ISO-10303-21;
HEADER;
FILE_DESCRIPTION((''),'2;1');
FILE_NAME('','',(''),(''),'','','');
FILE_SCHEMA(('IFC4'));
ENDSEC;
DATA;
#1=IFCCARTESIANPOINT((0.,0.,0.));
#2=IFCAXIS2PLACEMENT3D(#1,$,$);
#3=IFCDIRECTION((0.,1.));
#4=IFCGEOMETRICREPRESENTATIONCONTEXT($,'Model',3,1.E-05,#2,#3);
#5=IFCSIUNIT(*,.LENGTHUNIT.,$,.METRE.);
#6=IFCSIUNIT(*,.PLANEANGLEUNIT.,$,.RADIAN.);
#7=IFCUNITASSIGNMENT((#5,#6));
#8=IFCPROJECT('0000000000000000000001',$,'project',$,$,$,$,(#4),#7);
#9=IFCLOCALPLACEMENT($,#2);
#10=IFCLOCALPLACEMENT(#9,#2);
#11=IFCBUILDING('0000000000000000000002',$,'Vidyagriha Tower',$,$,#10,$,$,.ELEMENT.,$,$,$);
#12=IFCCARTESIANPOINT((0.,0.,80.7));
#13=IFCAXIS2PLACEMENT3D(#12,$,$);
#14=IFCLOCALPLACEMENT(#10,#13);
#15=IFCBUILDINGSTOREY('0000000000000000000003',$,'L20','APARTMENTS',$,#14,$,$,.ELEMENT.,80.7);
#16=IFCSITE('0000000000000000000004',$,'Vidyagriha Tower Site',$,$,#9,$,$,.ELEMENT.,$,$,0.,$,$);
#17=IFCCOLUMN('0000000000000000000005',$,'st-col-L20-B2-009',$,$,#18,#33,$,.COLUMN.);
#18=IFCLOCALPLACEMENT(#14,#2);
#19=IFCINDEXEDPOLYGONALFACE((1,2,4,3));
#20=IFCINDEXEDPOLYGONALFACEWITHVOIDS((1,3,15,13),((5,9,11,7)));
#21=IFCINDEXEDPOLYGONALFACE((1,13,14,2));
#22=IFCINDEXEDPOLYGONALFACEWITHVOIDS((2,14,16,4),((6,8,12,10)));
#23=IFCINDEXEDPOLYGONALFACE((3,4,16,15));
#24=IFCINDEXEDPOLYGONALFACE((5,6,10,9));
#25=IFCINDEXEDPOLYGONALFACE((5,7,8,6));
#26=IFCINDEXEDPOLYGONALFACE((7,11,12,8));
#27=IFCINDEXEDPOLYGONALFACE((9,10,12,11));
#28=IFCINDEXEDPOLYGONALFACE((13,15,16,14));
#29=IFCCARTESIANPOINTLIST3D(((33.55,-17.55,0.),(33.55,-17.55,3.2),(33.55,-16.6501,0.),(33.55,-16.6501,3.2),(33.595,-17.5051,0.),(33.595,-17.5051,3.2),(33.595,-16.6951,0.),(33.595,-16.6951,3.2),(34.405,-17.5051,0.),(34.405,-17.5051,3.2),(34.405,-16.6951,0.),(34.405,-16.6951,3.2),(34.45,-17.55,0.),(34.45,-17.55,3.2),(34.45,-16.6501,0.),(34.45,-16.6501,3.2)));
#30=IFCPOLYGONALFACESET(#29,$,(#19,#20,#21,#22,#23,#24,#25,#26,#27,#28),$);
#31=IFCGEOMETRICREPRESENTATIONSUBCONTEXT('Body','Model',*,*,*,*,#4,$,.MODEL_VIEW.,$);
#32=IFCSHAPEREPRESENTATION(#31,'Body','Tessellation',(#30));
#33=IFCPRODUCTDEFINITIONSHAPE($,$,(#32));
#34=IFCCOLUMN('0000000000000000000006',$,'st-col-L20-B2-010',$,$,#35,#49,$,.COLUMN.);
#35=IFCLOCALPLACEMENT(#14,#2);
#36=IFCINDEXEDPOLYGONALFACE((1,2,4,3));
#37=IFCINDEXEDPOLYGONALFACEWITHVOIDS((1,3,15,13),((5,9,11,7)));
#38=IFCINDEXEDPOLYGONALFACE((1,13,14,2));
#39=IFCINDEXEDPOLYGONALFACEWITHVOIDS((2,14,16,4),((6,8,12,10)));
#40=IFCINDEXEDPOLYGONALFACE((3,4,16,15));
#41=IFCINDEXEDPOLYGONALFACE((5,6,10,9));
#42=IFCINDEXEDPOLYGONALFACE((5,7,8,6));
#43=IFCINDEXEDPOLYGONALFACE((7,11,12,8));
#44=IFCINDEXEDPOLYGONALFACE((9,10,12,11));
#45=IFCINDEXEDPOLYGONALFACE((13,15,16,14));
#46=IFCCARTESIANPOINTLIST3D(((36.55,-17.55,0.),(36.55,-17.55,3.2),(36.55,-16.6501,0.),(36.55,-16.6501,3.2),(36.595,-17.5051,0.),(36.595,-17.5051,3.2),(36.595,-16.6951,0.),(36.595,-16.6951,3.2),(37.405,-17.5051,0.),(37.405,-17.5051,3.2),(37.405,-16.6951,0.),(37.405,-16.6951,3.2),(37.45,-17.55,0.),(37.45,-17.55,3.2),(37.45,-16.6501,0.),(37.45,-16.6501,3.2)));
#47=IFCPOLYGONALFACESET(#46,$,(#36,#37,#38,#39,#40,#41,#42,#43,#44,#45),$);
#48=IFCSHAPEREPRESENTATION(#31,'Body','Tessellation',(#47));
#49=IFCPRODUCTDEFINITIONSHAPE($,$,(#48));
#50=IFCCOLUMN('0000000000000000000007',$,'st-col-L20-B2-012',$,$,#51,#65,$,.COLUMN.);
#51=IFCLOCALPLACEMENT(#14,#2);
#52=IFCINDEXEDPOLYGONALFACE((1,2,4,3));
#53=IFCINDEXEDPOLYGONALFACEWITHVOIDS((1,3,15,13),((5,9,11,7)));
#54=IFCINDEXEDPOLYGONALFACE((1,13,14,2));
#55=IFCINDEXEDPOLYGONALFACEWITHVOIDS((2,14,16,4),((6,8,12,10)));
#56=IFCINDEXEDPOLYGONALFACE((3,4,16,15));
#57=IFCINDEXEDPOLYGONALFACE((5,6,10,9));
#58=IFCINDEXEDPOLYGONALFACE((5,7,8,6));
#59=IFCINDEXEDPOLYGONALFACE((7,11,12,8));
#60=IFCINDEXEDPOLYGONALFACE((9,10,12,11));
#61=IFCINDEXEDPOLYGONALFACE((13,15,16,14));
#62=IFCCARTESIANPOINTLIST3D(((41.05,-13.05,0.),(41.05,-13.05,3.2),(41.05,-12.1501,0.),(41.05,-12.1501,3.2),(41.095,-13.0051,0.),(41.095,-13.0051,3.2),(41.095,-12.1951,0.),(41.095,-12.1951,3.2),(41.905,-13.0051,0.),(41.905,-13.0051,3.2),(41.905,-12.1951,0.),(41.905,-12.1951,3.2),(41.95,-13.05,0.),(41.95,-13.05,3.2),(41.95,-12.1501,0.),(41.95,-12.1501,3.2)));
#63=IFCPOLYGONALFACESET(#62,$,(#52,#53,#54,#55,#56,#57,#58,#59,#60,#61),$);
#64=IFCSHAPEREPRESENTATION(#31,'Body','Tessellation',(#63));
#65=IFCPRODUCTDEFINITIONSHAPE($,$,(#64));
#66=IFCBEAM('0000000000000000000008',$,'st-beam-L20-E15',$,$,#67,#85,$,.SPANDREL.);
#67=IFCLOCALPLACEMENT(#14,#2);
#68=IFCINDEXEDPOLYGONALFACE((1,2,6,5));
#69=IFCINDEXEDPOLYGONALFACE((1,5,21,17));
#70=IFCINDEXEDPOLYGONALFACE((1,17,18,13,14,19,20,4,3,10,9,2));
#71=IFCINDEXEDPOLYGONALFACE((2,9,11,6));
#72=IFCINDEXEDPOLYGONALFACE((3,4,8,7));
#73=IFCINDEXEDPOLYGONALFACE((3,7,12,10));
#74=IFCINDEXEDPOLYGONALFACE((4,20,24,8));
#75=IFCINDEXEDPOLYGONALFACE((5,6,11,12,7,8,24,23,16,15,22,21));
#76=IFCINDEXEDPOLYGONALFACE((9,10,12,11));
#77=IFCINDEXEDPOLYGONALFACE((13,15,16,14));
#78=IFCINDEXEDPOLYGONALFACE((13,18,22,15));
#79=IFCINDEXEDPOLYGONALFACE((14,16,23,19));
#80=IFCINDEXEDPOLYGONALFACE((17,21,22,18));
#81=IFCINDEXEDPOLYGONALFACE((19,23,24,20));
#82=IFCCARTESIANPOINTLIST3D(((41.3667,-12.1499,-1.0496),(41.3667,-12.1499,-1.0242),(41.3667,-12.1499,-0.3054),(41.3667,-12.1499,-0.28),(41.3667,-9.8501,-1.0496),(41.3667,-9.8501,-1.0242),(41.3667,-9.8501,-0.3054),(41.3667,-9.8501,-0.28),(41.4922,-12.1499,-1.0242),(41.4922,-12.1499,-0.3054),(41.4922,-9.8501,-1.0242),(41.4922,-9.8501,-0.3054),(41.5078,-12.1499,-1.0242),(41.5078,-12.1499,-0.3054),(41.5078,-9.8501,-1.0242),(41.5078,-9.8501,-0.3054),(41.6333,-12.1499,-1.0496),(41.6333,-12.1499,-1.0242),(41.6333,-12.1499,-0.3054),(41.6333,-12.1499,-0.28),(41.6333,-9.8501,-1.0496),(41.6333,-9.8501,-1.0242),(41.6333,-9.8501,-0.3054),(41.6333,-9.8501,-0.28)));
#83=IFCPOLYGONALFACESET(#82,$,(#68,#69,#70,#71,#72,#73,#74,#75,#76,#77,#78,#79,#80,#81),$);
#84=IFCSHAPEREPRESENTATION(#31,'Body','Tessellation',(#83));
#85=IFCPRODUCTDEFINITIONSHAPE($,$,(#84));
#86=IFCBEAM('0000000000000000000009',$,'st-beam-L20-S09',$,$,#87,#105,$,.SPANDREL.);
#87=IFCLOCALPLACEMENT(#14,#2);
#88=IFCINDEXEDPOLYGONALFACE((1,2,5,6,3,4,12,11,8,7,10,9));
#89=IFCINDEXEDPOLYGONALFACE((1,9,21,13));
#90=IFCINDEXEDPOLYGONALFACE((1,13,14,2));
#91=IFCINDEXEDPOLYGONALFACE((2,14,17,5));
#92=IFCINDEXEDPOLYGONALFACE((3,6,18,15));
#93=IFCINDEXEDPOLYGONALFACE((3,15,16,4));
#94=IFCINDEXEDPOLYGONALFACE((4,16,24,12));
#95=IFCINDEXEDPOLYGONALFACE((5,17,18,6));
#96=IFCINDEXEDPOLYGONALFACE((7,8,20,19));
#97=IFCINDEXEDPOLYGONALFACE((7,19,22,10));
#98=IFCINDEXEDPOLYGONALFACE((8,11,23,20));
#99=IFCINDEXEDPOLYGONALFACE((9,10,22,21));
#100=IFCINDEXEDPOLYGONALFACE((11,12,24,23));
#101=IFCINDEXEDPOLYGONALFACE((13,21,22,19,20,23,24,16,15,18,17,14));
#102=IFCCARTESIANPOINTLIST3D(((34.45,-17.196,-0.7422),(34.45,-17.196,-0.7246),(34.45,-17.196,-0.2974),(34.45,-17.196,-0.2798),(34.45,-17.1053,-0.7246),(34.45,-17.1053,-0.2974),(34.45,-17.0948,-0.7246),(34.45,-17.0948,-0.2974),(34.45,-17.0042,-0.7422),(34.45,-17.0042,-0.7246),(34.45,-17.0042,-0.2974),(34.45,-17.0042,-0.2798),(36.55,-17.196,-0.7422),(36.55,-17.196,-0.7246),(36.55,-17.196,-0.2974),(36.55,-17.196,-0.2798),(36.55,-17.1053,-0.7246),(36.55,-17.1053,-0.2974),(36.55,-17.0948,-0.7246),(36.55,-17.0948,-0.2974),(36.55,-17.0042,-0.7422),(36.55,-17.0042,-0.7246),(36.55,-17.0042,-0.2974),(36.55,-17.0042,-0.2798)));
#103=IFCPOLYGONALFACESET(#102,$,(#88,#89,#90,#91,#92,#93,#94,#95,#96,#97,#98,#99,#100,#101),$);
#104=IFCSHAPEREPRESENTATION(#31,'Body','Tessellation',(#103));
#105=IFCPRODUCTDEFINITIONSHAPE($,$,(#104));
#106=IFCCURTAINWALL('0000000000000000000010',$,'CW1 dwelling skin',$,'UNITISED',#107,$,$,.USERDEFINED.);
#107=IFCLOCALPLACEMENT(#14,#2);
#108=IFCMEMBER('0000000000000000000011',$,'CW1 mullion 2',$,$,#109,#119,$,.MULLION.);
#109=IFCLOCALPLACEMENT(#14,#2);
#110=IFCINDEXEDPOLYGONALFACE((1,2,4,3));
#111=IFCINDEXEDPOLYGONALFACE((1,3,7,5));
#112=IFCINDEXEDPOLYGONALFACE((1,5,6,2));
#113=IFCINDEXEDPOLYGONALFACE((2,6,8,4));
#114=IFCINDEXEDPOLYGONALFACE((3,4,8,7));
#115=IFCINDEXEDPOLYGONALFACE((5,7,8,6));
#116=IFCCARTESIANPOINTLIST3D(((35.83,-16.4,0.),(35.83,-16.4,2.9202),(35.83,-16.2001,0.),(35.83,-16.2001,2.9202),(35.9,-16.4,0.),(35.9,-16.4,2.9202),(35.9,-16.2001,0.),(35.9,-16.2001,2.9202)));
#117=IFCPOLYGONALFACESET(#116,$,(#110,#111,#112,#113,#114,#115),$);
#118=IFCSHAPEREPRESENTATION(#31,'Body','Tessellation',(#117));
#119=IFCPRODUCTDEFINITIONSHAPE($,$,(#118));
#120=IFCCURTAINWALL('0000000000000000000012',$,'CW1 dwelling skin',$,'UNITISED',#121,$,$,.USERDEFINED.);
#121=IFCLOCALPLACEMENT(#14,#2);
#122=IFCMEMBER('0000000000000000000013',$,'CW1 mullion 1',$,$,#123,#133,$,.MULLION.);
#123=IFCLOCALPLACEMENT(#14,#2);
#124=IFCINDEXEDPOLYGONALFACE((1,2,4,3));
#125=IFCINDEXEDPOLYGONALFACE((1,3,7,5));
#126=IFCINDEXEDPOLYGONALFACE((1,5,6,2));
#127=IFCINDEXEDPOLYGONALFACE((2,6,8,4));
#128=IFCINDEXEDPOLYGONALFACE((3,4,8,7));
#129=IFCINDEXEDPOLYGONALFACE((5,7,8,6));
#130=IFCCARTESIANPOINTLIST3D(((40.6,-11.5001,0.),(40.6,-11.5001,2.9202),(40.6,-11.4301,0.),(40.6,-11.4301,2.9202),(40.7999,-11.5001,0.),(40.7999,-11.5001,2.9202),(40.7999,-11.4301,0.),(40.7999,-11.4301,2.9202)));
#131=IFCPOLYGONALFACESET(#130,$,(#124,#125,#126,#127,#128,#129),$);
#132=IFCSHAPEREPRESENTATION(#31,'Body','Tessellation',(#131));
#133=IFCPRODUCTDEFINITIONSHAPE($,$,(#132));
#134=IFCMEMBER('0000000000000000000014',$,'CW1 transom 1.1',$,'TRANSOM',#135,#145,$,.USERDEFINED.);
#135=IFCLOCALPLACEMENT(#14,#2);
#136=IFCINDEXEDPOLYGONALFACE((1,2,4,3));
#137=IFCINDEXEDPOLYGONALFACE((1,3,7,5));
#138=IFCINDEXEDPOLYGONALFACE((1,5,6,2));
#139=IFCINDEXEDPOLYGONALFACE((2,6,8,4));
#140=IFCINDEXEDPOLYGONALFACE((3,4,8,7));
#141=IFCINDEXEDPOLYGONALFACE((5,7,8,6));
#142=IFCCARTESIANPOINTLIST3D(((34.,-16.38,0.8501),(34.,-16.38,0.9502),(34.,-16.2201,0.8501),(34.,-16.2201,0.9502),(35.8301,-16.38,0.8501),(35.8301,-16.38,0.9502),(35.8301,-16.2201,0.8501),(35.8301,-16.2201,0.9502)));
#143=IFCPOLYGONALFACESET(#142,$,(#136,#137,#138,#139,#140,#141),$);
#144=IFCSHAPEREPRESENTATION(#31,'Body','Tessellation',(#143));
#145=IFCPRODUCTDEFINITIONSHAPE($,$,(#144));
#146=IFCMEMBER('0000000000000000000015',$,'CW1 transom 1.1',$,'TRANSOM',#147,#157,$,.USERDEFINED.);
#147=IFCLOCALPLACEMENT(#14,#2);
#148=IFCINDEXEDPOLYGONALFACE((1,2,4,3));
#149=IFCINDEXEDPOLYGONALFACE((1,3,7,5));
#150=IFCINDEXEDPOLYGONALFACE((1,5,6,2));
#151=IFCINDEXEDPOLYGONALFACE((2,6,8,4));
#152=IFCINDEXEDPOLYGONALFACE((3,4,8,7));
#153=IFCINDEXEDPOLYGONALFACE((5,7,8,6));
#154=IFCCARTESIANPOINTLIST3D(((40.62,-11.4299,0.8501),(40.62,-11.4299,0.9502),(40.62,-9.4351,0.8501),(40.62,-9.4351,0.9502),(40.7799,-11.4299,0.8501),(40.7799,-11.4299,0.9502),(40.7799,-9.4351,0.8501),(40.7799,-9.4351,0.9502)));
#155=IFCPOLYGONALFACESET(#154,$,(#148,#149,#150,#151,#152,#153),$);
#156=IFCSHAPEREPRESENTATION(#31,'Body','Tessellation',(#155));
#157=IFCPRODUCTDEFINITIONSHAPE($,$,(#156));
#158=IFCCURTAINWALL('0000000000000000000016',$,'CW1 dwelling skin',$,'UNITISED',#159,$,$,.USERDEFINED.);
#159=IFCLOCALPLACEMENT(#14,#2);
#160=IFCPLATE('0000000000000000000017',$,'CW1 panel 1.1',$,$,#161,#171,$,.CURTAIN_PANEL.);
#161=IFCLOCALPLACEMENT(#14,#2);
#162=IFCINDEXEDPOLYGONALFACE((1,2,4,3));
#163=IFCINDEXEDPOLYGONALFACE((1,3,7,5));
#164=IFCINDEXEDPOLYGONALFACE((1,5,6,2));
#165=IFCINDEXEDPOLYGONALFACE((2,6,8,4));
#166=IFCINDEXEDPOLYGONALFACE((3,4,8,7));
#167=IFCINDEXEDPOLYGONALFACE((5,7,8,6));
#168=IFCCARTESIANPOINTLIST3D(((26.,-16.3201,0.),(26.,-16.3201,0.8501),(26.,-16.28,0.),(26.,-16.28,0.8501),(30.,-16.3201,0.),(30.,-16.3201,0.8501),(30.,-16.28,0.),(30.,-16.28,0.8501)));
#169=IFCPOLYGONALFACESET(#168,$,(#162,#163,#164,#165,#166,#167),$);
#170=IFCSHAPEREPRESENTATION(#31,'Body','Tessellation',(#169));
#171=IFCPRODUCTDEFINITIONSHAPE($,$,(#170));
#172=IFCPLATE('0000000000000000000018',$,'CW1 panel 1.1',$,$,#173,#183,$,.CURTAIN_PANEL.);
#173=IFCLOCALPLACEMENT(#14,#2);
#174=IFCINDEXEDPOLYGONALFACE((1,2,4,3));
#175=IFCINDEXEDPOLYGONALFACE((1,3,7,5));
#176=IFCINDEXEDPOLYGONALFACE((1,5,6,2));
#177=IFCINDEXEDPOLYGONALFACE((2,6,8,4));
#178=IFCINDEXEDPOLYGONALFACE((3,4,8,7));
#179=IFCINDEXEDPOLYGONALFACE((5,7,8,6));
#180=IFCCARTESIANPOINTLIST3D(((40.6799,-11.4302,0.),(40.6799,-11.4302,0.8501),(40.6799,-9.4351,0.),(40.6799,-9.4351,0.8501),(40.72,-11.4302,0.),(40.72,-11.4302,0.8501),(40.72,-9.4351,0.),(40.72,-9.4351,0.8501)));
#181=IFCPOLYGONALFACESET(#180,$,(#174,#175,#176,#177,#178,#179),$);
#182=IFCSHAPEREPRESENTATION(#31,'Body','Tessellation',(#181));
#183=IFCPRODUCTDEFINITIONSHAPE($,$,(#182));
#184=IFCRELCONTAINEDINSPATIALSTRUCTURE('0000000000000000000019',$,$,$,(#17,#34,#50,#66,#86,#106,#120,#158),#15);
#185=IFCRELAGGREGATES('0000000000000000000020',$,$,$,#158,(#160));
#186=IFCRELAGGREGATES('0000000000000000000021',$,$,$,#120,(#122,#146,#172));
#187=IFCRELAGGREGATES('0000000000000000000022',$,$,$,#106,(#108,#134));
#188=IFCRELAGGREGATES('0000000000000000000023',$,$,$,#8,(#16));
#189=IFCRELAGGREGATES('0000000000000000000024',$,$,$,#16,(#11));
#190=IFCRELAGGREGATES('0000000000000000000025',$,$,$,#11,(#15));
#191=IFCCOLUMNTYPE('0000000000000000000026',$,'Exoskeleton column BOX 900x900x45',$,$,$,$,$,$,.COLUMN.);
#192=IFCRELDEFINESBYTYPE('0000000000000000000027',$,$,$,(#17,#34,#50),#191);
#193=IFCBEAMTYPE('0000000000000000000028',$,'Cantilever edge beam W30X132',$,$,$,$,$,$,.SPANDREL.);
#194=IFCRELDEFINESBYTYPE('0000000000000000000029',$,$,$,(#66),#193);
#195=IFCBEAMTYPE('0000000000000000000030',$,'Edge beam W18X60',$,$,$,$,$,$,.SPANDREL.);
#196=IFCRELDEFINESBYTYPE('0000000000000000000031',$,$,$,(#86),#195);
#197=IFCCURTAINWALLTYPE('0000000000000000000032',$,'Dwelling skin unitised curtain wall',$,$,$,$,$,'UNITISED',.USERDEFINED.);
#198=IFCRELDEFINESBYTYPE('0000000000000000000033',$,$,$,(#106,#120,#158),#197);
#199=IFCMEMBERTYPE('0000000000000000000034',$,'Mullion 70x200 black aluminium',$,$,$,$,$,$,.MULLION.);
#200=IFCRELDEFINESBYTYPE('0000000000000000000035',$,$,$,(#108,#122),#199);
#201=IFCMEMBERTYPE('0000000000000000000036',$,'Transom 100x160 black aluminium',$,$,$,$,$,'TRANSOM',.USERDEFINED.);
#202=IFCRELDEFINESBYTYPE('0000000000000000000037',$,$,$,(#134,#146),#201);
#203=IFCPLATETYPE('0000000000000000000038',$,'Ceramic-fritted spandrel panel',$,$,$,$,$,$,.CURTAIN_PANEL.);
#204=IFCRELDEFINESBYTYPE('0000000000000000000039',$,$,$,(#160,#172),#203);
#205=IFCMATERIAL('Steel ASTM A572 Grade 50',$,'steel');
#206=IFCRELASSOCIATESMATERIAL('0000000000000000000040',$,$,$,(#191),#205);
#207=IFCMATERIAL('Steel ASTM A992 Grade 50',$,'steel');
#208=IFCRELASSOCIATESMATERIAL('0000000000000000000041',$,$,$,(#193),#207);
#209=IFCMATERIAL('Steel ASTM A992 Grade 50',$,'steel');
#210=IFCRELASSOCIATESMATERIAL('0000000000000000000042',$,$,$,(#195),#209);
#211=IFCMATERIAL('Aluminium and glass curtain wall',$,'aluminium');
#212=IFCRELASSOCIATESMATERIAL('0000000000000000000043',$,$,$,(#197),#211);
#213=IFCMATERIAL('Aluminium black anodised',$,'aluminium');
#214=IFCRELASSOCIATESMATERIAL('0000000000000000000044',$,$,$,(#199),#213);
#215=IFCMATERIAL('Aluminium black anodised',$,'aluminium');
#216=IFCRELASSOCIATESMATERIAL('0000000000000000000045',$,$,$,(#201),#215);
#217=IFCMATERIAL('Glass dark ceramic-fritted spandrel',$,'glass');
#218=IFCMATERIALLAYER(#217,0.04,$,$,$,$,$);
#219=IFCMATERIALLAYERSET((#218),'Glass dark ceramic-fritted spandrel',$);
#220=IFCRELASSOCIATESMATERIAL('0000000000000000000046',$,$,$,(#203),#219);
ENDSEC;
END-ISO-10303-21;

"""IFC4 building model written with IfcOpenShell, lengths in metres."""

from ifc_helpers import new_model, si_unit, direction, frame, origin, origin_2d, place, context, subcontext, project, spatial, rectangle, hollow_rectangle, i_section, extrude, material, layer, layer_set, material_profile, profile_set, type_object, element, aggregate, save


model = new_model("IFC4")

# Units and contexts
model_context = context("Model", 3, precision=1e-05, world=origin(), true_north=direction((0.0, 1.0)))
body_context = subcontext(model_context, "Body", "Model", "MODEL_VIEW")
ifc_project = project(units=[si_unit("LENGTHUNIT", "METRE"), si_unit("PLANEANGLEUNIT", "RADIAN")], contexts=[model_context])

# Site, building, storey
site_placement = place(None, origin())
site = spatial("IfcSite", under=ifc_project, at=site_placement, Name="Vidyagriha Tower Site", CompositionType="ELEMENT", RefElevation=0.0)
building_placement = place(site_placement, origin())
building = spatial("IfcBuilding", under=site, at=building_placement, Name="Vidyagriha Tower", CompositionType="ELEMENT")
storey_placement = place(building_placement, frame((0.0, 0.0, 80.7)))
storey = spatial("IfcBuildingStorey", under=building, at=storey_placement, Name="L20", Description="APARTMENTS", CompositionType="ELEMENT", Elevation=80.7)

# Columns
ifc_material_1 = material(Name="Steel ASTM A572 Grade 50", Category="steel")
ifc_material_profile_1 = material_profile(ifc_material_1, hollow_rectangle(XDim=0.8999, YDim=0.8999, WallThickness=0.0449, at=origin_2d()), Name="BOX 900x900x45")
ifc_profile_set_1 = profile_set([ifc_material_profile_1], Name="Steel ASTM A572 Grade 50")
column_type = type_object("IfcColumnType", Name="Exoskeleton column BOX 900x900x45", PredefinedType="COLUMN", material=ifc_profile_set_1)
for number, where, name in (
    (1, (34.0, -17.1001, 0.0), "st-col-L20-B2-009"),
    (2, (37.0, -17.1001, 0.0), "st-col-L20-B2-010"),
    (3, (41.5, -12.6001, 0.0), "st-col-L20-B2-012"),
):
    element("IfcColumn", number, at=place(storey_placement, frame(where)), inside=storey, type_object=column_type, Name=name, PredefinedType="COLUMN", context=body_context, shape_type="SweptSolid", body=[
        extrude(hollow_rectangle(XDim=0.8999, YDim=0.8999, WallThickness=0.0449, at=origin_2d()), origin(), (0.0, 0.0, 1.0), 3.2),
    ])

# Beams
ifc_material_2 = material(Name="Steel ASTM A992 Grade 50", Category="steel")
ifc_material_profile_2 = material_profile(ifc_material_2, i_section(OverallWidth=0.2666, OverallDepth=0.7695, WebThickness=0.0156, FlangeThickness=0.0254, at=origin_2d()), Name="W30X132")
ifc_profile_set_2 = profile_set([ifc_material_profile_2], Name="Steel ASTM A992 Grade 50")
beam_type_1 = type_object("IfcBeamType", Name="Cantilever edge beam W30X132", PredefinedType="SPANDREL", material=ifc_profile_set_2)
beam_1_placement = place(storey_placement, frame((41.5, -12.1499, -0.6648), z_axis=(0.0, 1.0, 0.0), x_axis=(-1.0, 0.0, 0.0)))
element("IfcBeam", 4, at=beam_1_placement, inside=storey, type_object=beam_type_1, Name="st-beam-L20-E15", PredefinedType="SPANDREL", context=body_context, shape_type="SweptSolid", body=[
    extrude(i_section(OverallWidth=0.2666, OverallDepth=0.7695, WebThickness=0.0156, FlangeThickness=0.0254, at=origin_2d()), origin(), (0.0, 0.0, 1.0), 2.2998),
])
ifc_material_3 = material(Name="Steel ASTM A992 Grade 50", Category="steel")
ifc_material_profile_3 = material_profile(ifc_material_3, i_section(OverallWidth=0.1919, OverallDepth=0.4624, WebThickness=0.0105, FlangeThickness=0.0176, at=origin_2d()), Name="W18X60")
ifc_profile_set_3 = profile_set([ifc_material_profile_3], Name="Steel ASTM A992 Grade 50")
beam_type_2 = type_object("IfcBeamType", Name="Edge beam W18X60", PredefinedType="SPANDREL", material=ifc_profile_set_3)
beam_2_placement = place(storey_placement, frame((34.45, -17.1001, -0.511), z_axis=(1.0, 0.0, 0.0), x_axis=(0.0, 1.0, 0.0)))
element("IfcBeam", 5, at=beam_2_placement, inside=storey, type_object=beam_type_2, Name="st-beam-L20-S09", PredefinedType="SPANDREL", context=body_context, shape_type="SweptSolid", body=[
    extrude(i_section(OverallWidth=0.1919, OverallDepth=0.4624, WebThickness=0.0105, FlangeThickness=0.0176, at=origin_2d()), origin(), (0.0, 0.0, 1.0), 2.1001),
])

# Curtain walls, members
ifc_material_4 = material(Name="Aluminium and glass curtain wall", Category="aluminium")
curtain_wall_type = type_object("IfcCurtainWallType", Name="Dwelling skin unitised curtain wall", ElementType="UNITISED", PredefinedType="USERDEFINED", material=ifc_material_4)
curtain_wall_1_placement = place(storey_placement, origin())
curtain_wall_1 = element("IfcCurtainWall", 6, at=curtain_wall_1_placement, inside=storey, type_object=curtain_wall_type, Name="CW1 dwelling skin", ObjectType="UNITISED", PredefinedType="USERDEFINED")
ifc_material_5 = material(Name="Aluminium black anodised", Category="aluminium")
ifc_material_profile_4 = material_profile(ifc_material_5, rectangle(XDim=0.2, YDim=0.0701, at=origin_2d()), Name="Mullion 70x200 black aluminium")
ifc_profile_set_4 = profile_set([ifc_material_profile_4], Name="Aluminium black anodised")
member_type_1 = type_object("IfcMemberType", Name="Mullion 70x200 black aluminium", PredefinedType="MULLION", material=ifc_profile_set_4)
member_1_placement = place(storey_placement, frame((35.865, -16.3, 0.0), z_axis=(0.0, 0.0, 1.0), x_axis=(0.0, 1.0, 0.0)))
member_1 = element("IfcMember", 7, at=member_1_placement, type_object=member_type_1, Name="CW1 mullion 2", PredefinedType="MULLION", context=body_context, shape_type="SweptSolid", body=[
    extrude(rectangle(XDim=0.2, YDim=0.0701, at=origin_2d()), origin(), (0.0, 0.0, 1.0), 2.9202),
])
curtain_wall_2_placement = place(storey_placement, origin())
curtain_wall_2 = element("IfcCurtainWall", 8, at=curtain_wall_2_placement, inside=storey, type_object=curtain_wall_type, Name="CW1 dwelling skin", ObjectType="UNITISED", PredefinedType="USERDEFINED")
member_2_placement = place(storey_placement, frame((40.7, -11.4651, 0.0), z_axis=(0.0, 0.0, 1.0), x_axis=(-1.0, 0.0, 0.0)))
member_2 = element("IfcMember", 9, at=member_2_placement, type_object=member_type_1, Name="CW1 mullion 1", PredefinedType="MULLION", context=body_context, shape_type="SweptSolid", body=[
    extrude(rectangle(XDim=0.2, YDim=0.0701, at=origin_2d()), origin(), (0.0, 0.0, 1.0), 2.9202),
])

# Members
ifc_material_6 = material(Name="Aluminium black anodised", Category="aluminium")
ifc_material_profile_5 = material_profile(ifc_material_6, rectangle(XDim=0.1599, YDim=0.1001, at=origin_2d()), Name="Transom 100x160 black aluminium")
ifc_profile_set_5 = profile_set([ifc_material_profile_5], Name="Aluminium black anodised")
member_type_2 = type_object("IfcMemberType", Name="Transom 100x160 black aluminium", ElementType="TRANSOM", PredefinedType="USERDEFINED", material=ifc_profile_set_5)
member_3_placement = place(storey_placement, frame((34.0, -16.3, 0.9001), z_axis=(1.0, 0.0, 0.0), x_axis=(0.0, 1.0, 0.0)))
member_3 = element("IfcMember", 10, at=member_3_placement, type_object=member_type_2, Name="CW1 transom 1.1", ObjectType="TRANSOM", PredefinedType="USERDEFINED", context=body_context, shape_type="SweptSolid", body=[
    extrude(rectangle(XDim=0.1599, YDim=0.1001, at=origin_2d()), origin(), (0.0, 0.0, 1.0), 1.8301),
])
member_4_placement = place(storey_placement, frame((40.7, -11.4299, 0.9001), z_axis=(0.0, 1.0, 0.0), x_axis=(-1.0, 0.0, 0.0)))
member_4 = element("IfcMember", 11, at=member_4_placement, type_object=member_type_2, Name="CW1 transom 1.1", ObjectType="TRANSOM", PredefinedType="USERDEFINED", context=body_context, shape_type="SweptSolid", body=[
    extrude(rectangle(XDim=0.1599, YDim=0.1001, at=origin_2d()), origin(), (0.0, 0.0, 1.0), 1.9949),
])

# Curtain wall, plate
curtain_wall_3_placement = place(storey_placement, origin())
curtain_wall_3 = element("IfcCurtainWall", 12, at=curtain_wall_3_placement, inside=storey, type_object=curtain_wall_type, Name="CW1 dwelling skin", ObjectType="UNITISED", PredefinedType="USERDEFINED")
ifc_material_7 = material(Name="Glass dark ceramic-fritted spandrel", Category="glass")
ifc_layer_1 = layer(ifc_material_7, 0.04)
ifc_layer_set_1 = layer_set([ifc_layer_1], Name="Glass dark ceramic-fritted spandrel")
plate_type_1 = type_object("IfcPlateType", Name="Ceramic-fritted spandrel panel", PredefinedType="CURTAIN_PANEL", material=ifc_layer_set_1)
plate_1_placement = place(storey_placement, frame((28.0, -16.3, 0.0)))
plate_1 = element("IfcPlate", 13, at=plate_1_placement, type_object=plate_type_1, Name="CW1 panel 1.1", PredefinedType="CURTAIN_PANEL", context=body_context, shape_type="SweptSolid", body=[
    extrude(rectangle(XDim=4.0, YDim=0.04, at=origin_2d()), origin(), (0.0, 0.0, 1.0), 0.8501),
])

# Plate
plate_2_placement = place(storey_placement, frame((40.7, -10.4326, 0.0), z_axis=(0.0, 0.0, 1.0), x_axis=(0.0, 1.0, 0.0)))
plate_2 = element("IfcPlate", 14, at=plate_2_placement, type_object=plate_type_1, Name="CW1 panel 1.1", PredefinedType="CURTAIN_PANEL", context=body_context, shape_type="SweptSolid", body=[
    extrude(rectangle(XDim=1.9951, YDim=0.04, at=origin_2d()), origin(), (0.0, 0.0, 1.0), 0.8501),
])
aggregate(curtain_wall_3, [plate_1])
aggregate(curtain_wall_2, [member_2, member_4, plate_2])
aggregate(curtain_wall_1, [member_1, member_3])

save(model, "model.ifc")
